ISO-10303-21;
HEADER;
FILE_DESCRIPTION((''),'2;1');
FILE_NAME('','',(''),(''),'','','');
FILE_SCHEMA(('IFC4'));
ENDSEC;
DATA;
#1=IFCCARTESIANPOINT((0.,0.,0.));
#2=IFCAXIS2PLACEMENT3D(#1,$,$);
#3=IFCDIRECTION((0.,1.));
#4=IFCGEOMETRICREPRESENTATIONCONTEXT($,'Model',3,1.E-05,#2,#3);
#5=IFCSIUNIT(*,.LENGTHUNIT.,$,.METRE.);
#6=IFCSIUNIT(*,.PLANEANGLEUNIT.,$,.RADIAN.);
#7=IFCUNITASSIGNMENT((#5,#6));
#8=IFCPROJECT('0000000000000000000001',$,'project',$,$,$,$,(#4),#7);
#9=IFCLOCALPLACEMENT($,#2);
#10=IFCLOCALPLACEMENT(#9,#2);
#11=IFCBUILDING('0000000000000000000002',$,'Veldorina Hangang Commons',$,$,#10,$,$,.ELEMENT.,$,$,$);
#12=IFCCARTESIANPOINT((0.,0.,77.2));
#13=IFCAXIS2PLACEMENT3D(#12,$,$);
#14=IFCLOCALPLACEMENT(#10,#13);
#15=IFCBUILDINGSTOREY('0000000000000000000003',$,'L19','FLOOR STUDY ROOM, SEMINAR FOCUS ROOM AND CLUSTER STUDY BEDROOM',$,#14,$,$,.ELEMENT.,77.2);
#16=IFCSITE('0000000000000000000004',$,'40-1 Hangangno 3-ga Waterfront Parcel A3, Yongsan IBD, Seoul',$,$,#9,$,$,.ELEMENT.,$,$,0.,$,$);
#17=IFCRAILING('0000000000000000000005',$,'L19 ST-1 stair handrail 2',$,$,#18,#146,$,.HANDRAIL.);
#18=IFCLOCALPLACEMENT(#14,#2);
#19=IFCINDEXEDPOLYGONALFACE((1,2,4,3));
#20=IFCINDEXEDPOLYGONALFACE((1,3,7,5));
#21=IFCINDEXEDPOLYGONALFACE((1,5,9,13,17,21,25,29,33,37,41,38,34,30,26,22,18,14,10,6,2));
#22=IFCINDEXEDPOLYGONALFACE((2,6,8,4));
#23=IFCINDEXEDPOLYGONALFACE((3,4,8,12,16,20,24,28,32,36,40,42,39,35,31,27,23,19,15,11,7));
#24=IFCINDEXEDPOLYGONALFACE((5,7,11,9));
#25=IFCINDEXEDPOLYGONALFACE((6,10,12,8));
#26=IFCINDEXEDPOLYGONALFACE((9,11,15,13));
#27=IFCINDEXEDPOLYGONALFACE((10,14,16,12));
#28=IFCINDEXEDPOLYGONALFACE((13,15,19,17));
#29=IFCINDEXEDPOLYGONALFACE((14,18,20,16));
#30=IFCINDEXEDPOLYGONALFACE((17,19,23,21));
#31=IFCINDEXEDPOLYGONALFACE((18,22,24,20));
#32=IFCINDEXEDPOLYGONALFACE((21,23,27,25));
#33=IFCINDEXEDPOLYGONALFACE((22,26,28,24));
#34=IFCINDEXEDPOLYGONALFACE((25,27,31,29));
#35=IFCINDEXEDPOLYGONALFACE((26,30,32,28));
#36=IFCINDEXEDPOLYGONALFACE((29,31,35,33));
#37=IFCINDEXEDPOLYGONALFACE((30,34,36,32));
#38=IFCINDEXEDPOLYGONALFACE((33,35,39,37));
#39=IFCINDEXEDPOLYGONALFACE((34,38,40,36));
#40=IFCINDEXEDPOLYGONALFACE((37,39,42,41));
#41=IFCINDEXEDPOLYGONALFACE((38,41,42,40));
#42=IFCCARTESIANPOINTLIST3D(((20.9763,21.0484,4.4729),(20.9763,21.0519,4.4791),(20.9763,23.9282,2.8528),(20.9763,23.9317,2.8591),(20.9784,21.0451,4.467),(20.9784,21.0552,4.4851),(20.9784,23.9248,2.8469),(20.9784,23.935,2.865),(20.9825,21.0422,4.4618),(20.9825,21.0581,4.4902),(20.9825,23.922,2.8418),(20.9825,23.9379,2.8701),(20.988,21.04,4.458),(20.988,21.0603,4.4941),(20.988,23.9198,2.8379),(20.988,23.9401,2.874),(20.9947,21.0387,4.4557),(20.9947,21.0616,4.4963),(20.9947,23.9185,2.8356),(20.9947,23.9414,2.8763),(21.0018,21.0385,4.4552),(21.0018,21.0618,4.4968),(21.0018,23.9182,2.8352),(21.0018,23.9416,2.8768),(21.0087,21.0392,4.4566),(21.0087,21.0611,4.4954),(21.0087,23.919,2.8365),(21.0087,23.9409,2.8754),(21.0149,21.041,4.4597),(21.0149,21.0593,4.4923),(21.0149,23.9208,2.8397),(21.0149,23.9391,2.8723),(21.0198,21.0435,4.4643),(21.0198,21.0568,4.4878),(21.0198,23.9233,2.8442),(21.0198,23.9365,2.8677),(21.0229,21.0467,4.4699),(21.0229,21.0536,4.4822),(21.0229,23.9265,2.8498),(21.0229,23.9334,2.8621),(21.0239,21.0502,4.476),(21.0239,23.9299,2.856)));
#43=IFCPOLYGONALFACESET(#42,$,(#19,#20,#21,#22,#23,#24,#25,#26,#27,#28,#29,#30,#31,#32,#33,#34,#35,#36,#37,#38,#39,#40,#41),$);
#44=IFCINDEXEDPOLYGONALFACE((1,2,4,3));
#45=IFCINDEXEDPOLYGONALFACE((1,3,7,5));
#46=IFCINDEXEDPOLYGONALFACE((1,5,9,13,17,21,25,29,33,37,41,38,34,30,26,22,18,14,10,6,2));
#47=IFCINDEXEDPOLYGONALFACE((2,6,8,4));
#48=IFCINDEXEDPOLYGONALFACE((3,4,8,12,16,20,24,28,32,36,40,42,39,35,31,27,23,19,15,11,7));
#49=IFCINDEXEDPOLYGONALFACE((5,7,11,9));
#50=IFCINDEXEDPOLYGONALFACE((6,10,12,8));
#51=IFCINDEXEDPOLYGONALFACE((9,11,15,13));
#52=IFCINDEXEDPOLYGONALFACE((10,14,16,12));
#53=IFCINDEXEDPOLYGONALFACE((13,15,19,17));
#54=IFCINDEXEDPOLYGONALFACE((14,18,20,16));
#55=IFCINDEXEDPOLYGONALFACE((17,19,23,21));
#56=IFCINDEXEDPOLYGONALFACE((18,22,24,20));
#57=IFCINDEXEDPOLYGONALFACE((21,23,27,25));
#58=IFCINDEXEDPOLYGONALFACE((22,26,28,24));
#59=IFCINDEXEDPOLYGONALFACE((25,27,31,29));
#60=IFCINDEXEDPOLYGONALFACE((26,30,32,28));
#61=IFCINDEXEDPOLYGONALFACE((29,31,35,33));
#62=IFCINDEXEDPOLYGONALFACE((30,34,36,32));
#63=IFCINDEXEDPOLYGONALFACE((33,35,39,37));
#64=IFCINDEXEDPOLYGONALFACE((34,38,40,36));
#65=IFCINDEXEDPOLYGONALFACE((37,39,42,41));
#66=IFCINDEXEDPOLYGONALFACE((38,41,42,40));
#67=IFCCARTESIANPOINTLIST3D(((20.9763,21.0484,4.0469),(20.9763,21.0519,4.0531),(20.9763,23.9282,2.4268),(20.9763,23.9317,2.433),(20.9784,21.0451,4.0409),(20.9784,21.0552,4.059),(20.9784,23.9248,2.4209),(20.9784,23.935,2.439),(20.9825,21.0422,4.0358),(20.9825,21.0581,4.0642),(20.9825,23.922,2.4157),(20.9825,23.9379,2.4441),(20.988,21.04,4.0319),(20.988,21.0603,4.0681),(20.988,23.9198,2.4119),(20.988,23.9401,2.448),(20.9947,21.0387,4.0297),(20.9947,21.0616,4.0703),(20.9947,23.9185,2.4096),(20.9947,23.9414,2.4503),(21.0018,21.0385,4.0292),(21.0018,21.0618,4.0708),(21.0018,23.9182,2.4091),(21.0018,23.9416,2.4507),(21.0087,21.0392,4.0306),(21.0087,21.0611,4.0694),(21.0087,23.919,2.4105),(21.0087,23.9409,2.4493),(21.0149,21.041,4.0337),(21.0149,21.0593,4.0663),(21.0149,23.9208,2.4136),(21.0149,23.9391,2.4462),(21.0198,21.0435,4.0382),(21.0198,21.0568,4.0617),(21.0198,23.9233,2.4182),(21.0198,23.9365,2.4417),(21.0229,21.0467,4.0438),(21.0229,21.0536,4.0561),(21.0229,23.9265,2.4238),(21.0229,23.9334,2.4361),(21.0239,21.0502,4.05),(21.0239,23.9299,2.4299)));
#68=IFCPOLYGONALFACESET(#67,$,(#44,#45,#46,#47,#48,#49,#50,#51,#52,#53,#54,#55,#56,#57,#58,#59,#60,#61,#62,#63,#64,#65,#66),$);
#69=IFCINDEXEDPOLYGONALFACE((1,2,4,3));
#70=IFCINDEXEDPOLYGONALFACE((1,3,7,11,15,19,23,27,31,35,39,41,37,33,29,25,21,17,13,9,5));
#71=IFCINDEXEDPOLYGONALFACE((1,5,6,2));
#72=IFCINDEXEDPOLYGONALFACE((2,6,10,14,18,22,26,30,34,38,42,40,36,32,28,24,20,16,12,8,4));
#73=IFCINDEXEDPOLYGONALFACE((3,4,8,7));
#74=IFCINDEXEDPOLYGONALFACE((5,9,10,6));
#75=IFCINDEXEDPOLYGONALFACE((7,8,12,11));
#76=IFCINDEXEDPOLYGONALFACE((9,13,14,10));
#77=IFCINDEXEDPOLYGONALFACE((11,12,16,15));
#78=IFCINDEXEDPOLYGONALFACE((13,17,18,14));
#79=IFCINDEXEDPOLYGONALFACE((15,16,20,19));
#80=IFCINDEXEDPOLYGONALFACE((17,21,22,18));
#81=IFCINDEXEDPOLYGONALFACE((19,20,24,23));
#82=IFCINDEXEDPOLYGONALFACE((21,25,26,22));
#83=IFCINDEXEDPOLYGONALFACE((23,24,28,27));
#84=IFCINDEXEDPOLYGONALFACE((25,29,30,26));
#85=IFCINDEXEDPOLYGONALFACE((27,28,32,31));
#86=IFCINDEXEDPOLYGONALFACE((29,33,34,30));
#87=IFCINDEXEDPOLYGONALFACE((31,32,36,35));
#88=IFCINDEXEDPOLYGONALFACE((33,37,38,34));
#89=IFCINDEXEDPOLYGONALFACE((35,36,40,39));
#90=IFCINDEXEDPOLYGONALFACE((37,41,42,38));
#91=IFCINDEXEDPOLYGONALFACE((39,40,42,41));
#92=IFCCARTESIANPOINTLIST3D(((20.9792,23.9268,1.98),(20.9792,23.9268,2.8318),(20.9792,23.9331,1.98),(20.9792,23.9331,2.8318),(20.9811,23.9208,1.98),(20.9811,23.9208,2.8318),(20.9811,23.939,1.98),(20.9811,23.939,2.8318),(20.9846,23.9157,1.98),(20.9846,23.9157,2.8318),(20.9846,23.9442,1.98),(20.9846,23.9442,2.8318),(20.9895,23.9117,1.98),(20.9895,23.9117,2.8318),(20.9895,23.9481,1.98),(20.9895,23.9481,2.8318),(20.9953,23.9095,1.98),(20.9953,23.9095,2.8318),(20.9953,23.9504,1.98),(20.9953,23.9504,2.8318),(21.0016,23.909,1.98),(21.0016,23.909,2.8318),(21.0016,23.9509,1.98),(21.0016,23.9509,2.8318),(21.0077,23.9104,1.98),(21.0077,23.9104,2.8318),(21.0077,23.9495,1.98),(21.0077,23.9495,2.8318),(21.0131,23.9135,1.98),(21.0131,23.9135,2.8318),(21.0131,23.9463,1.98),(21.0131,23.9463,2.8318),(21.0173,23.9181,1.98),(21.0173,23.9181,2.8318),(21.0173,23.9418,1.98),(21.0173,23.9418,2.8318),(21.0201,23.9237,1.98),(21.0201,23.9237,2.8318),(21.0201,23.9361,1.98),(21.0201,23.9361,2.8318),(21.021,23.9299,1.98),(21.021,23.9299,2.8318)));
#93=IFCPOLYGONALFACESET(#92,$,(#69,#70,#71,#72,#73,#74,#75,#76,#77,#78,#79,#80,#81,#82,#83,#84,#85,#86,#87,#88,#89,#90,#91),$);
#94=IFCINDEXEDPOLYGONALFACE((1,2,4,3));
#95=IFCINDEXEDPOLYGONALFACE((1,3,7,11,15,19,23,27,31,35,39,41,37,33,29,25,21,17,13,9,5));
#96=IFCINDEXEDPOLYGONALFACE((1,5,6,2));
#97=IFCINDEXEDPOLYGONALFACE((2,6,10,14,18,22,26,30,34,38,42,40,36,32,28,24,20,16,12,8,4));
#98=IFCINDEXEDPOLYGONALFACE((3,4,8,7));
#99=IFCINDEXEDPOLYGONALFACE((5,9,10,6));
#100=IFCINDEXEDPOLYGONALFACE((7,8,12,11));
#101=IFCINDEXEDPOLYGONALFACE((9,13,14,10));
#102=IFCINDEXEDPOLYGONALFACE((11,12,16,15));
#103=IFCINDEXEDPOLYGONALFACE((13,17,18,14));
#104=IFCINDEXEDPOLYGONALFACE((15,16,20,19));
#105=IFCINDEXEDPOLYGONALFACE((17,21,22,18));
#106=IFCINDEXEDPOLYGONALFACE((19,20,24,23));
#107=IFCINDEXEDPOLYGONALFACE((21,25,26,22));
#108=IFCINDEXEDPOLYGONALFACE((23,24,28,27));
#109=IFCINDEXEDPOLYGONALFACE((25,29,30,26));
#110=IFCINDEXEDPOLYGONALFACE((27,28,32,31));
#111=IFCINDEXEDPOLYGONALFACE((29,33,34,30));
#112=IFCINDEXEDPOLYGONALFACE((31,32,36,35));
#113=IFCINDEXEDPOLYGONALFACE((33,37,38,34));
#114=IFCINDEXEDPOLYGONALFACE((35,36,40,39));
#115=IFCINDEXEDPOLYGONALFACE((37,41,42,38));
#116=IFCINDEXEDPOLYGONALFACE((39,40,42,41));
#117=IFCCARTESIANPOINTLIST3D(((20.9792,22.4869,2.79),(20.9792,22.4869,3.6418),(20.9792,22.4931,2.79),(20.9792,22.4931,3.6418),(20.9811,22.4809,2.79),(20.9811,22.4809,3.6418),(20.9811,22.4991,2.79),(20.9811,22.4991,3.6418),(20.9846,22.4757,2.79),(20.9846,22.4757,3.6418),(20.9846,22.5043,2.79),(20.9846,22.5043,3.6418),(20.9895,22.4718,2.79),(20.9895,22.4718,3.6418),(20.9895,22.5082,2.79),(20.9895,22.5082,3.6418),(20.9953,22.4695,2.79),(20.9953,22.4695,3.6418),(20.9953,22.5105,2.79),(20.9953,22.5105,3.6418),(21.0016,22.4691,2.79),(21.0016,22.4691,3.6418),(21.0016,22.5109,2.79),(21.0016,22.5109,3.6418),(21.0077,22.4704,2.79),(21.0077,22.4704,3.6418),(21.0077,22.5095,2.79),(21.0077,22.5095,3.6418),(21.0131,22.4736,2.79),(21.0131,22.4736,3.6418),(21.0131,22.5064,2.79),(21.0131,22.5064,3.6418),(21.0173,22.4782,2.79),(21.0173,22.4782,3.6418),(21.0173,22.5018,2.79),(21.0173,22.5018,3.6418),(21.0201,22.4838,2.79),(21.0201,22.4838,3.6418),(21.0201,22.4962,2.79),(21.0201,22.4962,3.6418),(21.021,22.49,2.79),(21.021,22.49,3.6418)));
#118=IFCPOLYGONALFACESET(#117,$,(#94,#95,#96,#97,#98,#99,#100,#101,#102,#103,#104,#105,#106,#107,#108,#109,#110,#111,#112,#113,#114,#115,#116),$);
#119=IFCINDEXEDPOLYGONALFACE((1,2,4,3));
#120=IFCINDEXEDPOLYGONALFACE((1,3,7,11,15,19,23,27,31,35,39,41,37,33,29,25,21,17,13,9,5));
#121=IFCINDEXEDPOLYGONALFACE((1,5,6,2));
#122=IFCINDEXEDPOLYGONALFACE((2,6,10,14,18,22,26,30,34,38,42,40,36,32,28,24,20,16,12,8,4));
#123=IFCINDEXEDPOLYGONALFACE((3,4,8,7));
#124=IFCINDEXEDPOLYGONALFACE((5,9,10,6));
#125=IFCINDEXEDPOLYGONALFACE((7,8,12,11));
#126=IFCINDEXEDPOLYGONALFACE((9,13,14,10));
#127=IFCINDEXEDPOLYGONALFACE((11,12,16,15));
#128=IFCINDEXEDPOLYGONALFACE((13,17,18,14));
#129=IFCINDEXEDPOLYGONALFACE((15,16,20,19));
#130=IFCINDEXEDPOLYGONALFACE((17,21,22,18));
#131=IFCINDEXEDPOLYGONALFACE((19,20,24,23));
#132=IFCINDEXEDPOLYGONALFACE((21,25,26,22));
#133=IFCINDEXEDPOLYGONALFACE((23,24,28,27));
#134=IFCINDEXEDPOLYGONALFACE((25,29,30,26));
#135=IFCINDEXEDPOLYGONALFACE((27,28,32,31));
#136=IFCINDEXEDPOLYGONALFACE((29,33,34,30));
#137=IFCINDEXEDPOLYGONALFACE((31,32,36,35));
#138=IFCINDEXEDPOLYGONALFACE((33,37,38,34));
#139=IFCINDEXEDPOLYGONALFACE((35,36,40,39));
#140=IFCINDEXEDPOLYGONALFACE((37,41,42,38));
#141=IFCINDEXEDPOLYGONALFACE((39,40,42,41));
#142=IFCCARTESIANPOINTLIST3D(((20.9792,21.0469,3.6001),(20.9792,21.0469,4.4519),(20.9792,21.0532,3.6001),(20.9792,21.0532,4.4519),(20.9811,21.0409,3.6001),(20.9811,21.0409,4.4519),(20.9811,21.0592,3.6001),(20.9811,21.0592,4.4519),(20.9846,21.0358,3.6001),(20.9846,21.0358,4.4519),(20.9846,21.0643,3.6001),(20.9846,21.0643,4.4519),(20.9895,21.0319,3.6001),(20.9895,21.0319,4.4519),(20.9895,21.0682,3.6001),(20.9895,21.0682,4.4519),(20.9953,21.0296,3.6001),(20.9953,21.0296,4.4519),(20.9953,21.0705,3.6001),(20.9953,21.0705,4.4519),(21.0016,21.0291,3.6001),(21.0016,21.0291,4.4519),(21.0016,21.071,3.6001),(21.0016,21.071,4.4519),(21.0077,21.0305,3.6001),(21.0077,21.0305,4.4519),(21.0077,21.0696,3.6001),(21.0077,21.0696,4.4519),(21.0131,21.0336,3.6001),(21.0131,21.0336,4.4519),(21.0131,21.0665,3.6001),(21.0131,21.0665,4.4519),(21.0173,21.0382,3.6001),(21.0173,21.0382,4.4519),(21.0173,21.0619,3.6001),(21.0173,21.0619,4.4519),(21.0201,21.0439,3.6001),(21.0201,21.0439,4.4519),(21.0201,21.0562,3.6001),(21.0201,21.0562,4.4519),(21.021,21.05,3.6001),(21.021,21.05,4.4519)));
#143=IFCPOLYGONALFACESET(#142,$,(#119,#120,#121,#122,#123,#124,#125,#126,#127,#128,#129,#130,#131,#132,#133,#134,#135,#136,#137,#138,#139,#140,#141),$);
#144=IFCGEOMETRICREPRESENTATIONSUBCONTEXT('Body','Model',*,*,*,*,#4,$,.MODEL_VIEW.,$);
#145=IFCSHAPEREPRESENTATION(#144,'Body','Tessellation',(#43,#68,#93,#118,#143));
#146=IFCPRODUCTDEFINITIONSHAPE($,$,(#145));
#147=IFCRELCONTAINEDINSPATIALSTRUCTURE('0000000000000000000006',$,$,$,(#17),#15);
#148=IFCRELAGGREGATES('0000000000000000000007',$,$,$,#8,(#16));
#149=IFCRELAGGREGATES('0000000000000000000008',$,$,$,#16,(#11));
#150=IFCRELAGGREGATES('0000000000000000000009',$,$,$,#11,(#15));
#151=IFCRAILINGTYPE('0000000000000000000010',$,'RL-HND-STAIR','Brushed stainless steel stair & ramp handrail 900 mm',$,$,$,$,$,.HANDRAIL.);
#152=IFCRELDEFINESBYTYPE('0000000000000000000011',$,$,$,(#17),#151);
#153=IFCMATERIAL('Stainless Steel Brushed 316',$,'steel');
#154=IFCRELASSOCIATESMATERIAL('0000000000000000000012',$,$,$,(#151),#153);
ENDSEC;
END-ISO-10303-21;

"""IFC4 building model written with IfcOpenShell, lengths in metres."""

from ifc_helpers import new_model, si_unit, direction, frame, origin, origin_2d, place, context, subcontext, project, spatial, circle, extrude, material, type_object, element, save


model = new_model("IFC4")

# Units and contexts
model_context = context("Model", 3, precision=1e-05, world=origin(), true_north=direction((0.0, 1.0)))
body_context = subcontext(model_context, "Body", "Model", "MODEL_VIEW")
ifc_project = project(units=[si_unit("LENGTHUNIT", "METRE"), si_unit("PLANEANGLEUNIT", "RADIAN")], contexts=[model_context])

# Site, building, storey
site_placement = place(None, origin())
site = spatial("IfcSite", under=ifc_project, at=site_placement, Name="40-1 Hangangno 3-ga Waterfront Parcel A3, Yongsan IBD, Seoul", CompositionType="ELEMENT", RefElevation=0.0)
building_placement = place(site_placement, origin())
building = spatial("IfcBuilding", under=site, at=building_placement, Name="Veldorina Hangang Commons", CompositionType="ELEMENT")
storey_placement = place(building_placement, frame((0.0, 0.0, 77.2)))
storey = spatial("IfcBuildingStorey", under=building, at=storey_placement, Name="L19", Description="FLOOR STUDY ROOM, SEMINAR FOCUS ROOM AND CLUSTER STUDY BEDROOM", CompositionType="ELEMENT", Elevation=77.2)

# Railing
ifc_material_1 = material(Name="Stainless Steel Brushed 316", Category="steel")
railing_type_1 = type_object("IfcRailingType", Name="RL-HND-STAIR", Description="Brushed stainless steel stair & ramp handrail 900 mm", PredefinedType="HANDRAIL", material=ifc_material_1)
railing_1_placement = place(storey_placement, frame((21.0, 23.9299, 1.98)))
element("IfcRailing", 1, at=railing_1_placement, inside=storey, type_object=railing_type_1, Name="L19 ST-1 stair handrail 2", PredefinedType="HANDRAIL", context=body_context, shape_type="SweptSolid", body=[
    extrude(circle(Radius=0.0239, at=origin_2d()), frame((0.0, 0.0, 0.876), z_axis=(0.0, -0.871552, 0.490303), x_axis=(1.0, 0.0, 0.0)), (0.0, 0.0, 1.0), 3.3042),
    extrude(circle(Radius=0.0239, at=origin_2d()), frame((0.0, 0.0, 0.45), z_axis=(0.0, -0.871552, 0.490303), x_axis=(1.0, 0.0, 0.0)), (0.0, 0.0, 1.0), 3.3042),
    extrude(circle(Radius=0.021, at=origin_2d()), origin(), (0.0, 0.0, 1.0), 0.8518),
    extrude(circle(Radius=0.021, at=origin_2d()), frame((0.0, -1.4399, 0.8101)), (0.0, 0.0, 1.0), 0.8518),
    extrude(circle(Radius=0.021, at=origin_2d()), frame((0.0, -2.8799, 1.6201)), (0.0, 0.0, 1.0), 0.8518),
])

save(model, "model.ifc")
